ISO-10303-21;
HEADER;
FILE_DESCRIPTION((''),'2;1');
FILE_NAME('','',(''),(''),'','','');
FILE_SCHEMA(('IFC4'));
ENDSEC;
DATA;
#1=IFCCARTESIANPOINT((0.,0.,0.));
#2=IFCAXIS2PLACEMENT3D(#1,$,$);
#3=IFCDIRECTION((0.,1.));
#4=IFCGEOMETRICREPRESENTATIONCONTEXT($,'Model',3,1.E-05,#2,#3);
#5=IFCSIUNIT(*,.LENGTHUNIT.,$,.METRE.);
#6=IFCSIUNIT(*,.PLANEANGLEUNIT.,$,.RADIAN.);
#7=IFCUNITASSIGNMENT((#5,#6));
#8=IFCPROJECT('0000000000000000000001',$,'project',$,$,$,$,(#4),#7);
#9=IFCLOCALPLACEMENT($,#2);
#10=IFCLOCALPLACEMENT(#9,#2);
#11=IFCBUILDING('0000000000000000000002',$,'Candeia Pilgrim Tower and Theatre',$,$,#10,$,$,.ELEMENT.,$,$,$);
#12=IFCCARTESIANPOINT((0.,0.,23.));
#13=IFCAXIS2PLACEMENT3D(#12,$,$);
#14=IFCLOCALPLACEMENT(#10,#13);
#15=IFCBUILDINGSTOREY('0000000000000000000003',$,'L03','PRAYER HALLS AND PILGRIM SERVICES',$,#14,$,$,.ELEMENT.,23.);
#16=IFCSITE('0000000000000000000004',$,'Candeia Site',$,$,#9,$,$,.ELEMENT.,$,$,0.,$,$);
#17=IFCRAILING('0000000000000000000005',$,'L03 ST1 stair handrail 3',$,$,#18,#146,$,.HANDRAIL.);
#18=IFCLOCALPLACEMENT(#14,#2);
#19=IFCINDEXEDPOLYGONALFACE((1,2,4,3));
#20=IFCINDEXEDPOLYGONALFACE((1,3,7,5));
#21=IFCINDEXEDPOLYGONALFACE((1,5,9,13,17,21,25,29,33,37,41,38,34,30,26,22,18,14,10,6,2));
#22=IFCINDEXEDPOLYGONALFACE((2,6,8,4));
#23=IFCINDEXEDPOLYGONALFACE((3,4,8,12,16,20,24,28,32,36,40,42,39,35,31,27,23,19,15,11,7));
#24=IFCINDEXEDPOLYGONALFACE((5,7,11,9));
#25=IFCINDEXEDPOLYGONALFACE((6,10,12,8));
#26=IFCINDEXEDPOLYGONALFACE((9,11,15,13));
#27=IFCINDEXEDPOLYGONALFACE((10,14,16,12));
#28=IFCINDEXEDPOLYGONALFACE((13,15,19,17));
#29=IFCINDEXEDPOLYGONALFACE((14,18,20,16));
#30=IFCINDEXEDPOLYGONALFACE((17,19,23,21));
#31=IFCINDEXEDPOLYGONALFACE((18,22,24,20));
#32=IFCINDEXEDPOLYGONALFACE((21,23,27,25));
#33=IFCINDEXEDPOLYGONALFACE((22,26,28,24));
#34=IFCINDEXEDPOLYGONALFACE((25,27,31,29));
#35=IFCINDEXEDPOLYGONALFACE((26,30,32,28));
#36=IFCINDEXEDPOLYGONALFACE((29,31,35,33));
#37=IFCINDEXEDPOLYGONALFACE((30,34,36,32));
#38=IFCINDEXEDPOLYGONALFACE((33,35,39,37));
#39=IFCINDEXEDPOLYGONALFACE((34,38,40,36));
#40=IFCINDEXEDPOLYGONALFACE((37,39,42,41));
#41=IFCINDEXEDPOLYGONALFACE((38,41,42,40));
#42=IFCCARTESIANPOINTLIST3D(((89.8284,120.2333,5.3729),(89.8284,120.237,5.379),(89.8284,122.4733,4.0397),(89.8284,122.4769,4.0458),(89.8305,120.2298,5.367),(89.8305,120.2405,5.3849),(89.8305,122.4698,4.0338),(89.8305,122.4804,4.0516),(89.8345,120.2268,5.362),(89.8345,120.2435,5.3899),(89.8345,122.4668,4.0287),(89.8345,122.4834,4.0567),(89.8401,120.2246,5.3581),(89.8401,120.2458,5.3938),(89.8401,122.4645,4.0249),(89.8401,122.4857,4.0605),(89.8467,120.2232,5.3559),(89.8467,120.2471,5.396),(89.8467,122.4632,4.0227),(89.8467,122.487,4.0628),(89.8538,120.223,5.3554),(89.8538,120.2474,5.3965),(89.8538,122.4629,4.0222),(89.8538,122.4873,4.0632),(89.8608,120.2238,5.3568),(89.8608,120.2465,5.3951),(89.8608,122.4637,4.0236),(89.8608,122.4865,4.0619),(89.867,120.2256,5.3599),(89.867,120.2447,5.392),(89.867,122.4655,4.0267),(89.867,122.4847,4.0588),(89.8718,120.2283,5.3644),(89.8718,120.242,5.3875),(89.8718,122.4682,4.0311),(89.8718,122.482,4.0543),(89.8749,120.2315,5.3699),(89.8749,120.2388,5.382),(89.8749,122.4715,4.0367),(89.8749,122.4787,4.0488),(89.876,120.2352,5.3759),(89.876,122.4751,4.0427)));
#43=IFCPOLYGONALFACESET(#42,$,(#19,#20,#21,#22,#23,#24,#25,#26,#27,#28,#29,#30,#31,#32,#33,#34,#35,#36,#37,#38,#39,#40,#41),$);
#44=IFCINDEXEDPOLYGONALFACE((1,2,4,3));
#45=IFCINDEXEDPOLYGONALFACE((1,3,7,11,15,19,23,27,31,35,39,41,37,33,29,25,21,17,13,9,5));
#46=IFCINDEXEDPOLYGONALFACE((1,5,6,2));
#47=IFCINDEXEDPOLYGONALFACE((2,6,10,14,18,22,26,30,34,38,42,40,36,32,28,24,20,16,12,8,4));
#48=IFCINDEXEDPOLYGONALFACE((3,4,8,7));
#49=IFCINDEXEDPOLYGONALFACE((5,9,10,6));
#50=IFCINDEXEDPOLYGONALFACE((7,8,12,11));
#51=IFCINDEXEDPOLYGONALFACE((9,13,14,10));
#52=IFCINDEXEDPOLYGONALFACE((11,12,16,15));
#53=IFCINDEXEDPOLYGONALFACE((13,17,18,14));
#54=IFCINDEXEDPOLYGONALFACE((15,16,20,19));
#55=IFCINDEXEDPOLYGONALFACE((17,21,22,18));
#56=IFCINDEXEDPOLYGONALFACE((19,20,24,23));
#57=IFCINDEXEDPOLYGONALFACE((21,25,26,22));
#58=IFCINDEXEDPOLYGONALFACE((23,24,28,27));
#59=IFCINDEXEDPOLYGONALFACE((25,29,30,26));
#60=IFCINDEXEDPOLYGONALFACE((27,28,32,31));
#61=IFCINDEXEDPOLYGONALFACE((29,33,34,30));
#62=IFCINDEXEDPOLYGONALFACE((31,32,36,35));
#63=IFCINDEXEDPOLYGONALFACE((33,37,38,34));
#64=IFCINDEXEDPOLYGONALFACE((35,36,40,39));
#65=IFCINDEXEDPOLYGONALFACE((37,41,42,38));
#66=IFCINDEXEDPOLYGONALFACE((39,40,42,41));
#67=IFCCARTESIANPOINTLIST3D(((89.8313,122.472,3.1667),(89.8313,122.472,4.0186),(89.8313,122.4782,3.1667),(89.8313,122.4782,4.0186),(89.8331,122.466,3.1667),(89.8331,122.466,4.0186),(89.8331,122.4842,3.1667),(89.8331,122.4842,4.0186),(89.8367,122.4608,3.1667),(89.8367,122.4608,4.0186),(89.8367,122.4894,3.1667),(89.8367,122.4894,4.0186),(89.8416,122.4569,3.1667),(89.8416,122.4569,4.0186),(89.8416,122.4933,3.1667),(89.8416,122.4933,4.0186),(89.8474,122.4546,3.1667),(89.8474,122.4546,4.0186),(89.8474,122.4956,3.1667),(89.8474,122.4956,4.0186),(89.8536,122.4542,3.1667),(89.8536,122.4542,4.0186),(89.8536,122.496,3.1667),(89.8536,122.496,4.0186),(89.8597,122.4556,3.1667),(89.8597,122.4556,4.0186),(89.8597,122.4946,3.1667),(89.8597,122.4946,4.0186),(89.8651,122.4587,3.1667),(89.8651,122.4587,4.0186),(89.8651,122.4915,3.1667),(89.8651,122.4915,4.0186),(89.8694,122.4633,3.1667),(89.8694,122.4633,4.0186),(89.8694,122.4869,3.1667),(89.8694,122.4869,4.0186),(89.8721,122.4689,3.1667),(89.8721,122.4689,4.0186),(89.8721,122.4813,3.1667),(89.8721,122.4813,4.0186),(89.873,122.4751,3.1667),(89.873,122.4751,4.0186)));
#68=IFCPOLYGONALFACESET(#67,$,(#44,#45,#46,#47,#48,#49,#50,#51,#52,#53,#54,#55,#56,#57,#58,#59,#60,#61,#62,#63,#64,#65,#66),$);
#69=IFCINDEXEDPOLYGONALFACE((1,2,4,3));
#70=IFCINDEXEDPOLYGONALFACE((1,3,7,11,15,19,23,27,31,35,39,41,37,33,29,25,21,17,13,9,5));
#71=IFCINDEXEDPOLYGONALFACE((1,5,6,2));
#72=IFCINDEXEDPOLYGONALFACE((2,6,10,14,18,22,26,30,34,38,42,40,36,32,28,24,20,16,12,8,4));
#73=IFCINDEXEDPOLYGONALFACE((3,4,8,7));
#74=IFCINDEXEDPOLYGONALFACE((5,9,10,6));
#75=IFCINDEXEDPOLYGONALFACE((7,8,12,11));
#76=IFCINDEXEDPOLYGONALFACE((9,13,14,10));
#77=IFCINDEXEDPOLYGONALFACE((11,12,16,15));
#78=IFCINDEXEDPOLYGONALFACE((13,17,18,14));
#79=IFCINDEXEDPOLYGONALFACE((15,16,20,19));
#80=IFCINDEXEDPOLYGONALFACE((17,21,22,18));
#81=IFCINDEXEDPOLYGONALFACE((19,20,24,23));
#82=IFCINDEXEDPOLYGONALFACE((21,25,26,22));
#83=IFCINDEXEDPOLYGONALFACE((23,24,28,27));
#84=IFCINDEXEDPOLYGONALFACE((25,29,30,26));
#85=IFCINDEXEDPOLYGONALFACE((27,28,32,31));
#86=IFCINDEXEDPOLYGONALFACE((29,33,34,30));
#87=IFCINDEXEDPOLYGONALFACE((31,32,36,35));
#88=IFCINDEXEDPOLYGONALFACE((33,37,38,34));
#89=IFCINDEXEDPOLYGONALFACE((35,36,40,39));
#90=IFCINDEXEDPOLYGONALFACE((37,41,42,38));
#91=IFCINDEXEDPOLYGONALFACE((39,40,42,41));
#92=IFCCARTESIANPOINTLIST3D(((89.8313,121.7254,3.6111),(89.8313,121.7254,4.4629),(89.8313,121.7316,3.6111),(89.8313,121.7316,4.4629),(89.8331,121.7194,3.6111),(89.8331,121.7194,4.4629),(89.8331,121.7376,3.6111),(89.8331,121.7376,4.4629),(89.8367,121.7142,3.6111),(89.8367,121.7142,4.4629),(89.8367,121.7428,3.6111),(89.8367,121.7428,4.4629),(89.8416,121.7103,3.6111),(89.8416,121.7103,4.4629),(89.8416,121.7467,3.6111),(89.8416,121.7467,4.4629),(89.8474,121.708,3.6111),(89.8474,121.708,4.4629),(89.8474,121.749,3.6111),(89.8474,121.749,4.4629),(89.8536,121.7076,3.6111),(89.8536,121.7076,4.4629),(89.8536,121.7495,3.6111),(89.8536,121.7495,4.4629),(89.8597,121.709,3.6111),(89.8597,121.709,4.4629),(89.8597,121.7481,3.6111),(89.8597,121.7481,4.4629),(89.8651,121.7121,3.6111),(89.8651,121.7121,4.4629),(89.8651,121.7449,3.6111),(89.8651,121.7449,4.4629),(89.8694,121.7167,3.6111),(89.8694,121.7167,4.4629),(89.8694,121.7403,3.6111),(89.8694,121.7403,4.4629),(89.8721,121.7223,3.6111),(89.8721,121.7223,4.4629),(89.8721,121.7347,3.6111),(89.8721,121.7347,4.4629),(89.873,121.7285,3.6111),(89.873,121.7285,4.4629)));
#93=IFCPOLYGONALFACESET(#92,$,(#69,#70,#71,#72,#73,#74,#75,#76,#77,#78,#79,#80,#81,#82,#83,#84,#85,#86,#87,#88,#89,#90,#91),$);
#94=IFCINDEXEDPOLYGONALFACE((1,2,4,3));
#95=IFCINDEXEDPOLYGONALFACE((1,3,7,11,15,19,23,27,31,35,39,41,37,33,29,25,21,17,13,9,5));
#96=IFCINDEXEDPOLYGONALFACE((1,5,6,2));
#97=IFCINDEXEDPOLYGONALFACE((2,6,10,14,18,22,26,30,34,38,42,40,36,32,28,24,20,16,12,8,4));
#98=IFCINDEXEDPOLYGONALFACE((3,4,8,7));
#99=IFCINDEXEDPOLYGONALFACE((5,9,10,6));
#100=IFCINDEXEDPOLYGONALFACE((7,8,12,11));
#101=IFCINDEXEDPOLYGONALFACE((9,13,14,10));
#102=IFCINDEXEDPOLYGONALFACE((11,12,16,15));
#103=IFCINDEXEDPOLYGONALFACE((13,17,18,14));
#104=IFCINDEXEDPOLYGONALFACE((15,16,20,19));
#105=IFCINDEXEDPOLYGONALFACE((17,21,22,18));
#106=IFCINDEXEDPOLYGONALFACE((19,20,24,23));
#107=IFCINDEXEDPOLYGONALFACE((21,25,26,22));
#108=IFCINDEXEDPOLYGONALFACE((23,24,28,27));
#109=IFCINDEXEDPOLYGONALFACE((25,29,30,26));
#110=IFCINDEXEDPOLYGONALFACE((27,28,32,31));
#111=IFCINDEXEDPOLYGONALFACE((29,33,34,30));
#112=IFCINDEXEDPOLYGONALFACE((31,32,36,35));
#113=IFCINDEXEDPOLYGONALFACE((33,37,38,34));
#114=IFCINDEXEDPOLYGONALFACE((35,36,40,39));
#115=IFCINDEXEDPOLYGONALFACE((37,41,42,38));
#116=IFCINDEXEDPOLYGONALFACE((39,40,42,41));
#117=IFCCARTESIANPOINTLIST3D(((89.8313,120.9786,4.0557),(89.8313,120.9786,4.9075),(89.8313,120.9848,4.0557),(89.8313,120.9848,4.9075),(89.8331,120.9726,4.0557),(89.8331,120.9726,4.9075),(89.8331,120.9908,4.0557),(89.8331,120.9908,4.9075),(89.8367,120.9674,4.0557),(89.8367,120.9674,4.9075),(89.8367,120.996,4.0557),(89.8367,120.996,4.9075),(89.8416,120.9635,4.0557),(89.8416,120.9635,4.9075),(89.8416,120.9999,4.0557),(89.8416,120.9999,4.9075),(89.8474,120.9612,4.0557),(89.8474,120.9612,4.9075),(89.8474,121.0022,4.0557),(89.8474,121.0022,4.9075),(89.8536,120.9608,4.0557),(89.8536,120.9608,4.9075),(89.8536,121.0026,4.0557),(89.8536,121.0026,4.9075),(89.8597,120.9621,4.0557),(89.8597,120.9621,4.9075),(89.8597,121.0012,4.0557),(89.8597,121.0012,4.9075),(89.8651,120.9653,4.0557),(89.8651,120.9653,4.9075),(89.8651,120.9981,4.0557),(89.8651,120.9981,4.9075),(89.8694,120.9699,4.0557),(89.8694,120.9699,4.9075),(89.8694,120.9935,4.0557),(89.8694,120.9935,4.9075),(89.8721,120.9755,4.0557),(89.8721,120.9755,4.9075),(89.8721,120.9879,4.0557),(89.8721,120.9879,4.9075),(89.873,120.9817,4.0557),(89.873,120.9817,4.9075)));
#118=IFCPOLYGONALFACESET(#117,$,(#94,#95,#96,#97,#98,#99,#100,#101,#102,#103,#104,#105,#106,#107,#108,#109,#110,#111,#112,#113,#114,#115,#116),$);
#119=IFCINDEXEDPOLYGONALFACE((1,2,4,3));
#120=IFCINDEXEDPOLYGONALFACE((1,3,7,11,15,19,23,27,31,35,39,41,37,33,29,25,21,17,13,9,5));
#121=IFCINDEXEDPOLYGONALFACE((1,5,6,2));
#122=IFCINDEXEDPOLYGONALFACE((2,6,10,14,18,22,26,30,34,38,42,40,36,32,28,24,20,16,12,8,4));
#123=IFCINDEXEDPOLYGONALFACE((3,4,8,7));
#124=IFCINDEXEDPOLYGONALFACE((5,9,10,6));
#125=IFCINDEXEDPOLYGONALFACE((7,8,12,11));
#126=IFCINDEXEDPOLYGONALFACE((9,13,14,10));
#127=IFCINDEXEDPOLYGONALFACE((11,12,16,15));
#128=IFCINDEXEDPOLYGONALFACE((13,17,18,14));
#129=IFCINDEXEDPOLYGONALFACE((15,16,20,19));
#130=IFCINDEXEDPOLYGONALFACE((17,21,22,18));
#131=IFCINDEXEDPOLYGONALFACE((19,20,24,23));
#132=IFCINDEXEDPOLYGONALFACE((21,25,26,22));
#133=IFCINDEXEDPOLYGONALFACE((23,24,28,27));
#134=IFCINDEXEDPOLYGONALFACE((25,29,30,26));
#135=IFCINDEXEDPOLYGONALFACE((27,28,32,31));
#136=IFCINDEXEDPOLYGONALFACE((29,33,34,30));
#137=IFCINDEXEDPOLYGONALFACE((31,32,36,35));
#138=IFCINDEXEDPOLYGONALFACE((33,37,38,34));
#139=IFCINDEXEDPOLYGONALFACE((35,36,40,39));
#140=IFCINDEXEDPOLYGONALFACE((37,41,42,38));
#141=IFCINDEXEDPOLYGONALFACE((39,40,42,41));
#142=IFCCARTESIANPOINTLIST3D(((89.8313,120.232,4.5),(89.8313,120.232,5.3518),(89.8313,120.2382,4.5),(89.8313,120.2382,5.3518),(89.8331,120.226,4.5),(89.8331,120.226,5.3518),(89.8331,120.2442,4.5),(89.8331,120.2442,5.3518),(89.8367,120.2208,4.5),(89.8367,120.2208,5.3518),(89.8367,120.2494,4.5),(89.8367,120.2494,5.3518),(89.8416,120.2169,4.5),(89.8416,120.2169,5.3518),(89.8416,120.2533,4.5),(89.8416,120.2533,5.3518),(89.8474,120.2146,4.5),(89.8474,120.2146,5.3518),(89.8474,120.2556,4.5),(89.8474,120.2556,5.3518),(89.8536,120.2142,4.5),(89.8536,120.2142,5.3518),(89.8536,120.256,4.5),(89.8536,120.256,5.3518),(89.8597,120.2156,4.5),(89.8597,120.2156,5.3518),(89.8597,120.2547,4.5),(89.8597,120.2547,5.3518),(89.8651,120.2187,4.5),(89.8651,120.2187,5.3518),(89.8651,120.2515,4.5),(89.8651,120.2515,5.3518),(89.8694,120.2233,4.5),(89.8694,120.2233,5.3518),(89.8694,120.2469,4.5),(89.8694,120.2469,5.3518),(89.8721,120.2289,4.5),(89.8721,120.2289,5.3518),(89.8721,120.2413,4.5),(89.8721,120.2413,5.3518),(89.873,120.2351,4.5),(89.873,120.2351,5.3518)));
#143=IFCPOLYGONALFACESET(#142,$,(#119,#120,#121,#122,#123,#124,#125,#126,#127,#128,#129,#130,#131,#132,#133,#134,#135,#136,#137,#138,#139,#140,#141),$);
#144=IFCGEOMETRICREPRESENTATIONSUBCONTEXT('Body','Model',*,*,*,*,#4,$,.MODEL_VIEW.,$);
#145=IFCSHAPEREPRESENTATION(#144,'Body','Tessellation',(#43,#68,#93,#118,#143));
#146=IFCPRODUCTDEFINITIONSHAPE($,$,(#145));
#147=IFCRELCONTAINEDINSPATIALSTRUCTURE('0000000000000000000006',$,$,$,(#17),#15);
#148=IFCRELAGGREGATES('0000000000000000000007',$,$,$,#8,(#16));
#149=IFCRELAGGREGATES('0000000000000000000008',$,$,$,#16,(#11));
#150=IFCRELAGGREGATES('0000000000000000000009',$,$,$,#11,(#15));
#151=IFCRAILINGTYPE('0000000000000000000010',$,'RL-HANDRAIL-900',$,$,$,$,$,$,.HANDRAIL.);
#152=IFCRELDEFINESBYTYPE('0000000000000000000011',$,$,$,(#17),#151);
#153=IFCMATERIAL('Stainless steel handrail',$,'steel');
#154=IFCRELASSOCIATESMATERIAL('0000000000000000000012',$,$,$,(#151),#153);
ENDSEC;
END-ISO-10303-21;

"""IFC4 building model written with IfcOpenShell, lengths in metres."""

from ifc_helpers import new_model, si_unit, direction, frame, origin, origin_2d, place, context, subcontext, project, spatial, circle, extrude, material, type_object, element, save


model = new_model("IFC4")

# Units and contexts
model_context = context("Model", 3, precision=1e-05, world=origin(), true_north=direction((0.0, 1.0)))
body_context = subcontext(model_context, "Body", "Model", "MODEL_VIEW")
ifc_project = project(units=[si_unit("LENGTHUNIT", "METRE"), si_unit("PLANEANGLEUNIT", "RADIAN")], contexts=[model_context])

# Site, building, storey
site_placement = place(None, origin())
site = spatial("IfcSite", under=ifc_project, at=site_placement, Name="Candeia Site", CompositionType="ELEMENT", RefElevation=0.0)
building_placement = place(site_placement, origin())
building = spatial("IfcBuilding", under=site, at=building_placement, Name="Candeia Pilgrim Tower and Theatre", CompositionType="ELEMENT")
storey_placement = place(building_placement, frame((0.0, 0.0, 23.0)))
storey = spatial("IfcBuildingStorey", under=building, at=storey_placement, Name="L03", Description="PRAYER HALLS AND PILGRIM SERVICES", CompositionType="ELEMENT", Elevation=23.0)

# Railing
ifc_material_1 = material(Name="Stainless steel handrail", Category="steel")
railing_type_1 = type_object("IfcRailingType", Name="RL-HANDRAIL-900", PredefinedType="HANDRAIL", material=ifc_material_1)
for number, where, name in (
    (1, (89.8521, 122.4751, 3.1667), "L03 ST1 stair handrail 3"),
):
    element("IfcRailing", number, at=place(storey_placement, frame(where)), inside=storey, type_object=railing_type_1, Name=name, PredefinedType="HANDRAIL", context=body_context, shape_type="SweptSolid", body=[
        extrude(circle(Radius=0.0239, at=origin_2d()), frame((0.0, 0.0, 0.876), z_axis=(0.0, -0.859306, 0.511462), x_axis=(1.0, 0.0, 0.0)), (0.0, 0.0, 1.0), 2.6067),
        extrude(circle(Radius=0.021, at=origin_2d()), origin(), (0.0, 0.0, 1.0), 0.8518),
        extrude(circle(Radius=0.021, at=origin_2d()), frame((0.0, -0.7466, 0.4443)), (0.0, 0.0, 1.0), 0.8518),
        extrude(circle(Radius=0.021, at=origin_2d()), frame((0.0, -1.4934, 0.8889)), (0.0, 0.0, 1.0), 0.8518),
        extrude(circle(Radius=0.021, at=origin_2d()), frame((0.0, -2.24, 1.3333)), (0.0, 0.0, 1.0), 0.8518),
    ])

save(model, "model.ifc")
